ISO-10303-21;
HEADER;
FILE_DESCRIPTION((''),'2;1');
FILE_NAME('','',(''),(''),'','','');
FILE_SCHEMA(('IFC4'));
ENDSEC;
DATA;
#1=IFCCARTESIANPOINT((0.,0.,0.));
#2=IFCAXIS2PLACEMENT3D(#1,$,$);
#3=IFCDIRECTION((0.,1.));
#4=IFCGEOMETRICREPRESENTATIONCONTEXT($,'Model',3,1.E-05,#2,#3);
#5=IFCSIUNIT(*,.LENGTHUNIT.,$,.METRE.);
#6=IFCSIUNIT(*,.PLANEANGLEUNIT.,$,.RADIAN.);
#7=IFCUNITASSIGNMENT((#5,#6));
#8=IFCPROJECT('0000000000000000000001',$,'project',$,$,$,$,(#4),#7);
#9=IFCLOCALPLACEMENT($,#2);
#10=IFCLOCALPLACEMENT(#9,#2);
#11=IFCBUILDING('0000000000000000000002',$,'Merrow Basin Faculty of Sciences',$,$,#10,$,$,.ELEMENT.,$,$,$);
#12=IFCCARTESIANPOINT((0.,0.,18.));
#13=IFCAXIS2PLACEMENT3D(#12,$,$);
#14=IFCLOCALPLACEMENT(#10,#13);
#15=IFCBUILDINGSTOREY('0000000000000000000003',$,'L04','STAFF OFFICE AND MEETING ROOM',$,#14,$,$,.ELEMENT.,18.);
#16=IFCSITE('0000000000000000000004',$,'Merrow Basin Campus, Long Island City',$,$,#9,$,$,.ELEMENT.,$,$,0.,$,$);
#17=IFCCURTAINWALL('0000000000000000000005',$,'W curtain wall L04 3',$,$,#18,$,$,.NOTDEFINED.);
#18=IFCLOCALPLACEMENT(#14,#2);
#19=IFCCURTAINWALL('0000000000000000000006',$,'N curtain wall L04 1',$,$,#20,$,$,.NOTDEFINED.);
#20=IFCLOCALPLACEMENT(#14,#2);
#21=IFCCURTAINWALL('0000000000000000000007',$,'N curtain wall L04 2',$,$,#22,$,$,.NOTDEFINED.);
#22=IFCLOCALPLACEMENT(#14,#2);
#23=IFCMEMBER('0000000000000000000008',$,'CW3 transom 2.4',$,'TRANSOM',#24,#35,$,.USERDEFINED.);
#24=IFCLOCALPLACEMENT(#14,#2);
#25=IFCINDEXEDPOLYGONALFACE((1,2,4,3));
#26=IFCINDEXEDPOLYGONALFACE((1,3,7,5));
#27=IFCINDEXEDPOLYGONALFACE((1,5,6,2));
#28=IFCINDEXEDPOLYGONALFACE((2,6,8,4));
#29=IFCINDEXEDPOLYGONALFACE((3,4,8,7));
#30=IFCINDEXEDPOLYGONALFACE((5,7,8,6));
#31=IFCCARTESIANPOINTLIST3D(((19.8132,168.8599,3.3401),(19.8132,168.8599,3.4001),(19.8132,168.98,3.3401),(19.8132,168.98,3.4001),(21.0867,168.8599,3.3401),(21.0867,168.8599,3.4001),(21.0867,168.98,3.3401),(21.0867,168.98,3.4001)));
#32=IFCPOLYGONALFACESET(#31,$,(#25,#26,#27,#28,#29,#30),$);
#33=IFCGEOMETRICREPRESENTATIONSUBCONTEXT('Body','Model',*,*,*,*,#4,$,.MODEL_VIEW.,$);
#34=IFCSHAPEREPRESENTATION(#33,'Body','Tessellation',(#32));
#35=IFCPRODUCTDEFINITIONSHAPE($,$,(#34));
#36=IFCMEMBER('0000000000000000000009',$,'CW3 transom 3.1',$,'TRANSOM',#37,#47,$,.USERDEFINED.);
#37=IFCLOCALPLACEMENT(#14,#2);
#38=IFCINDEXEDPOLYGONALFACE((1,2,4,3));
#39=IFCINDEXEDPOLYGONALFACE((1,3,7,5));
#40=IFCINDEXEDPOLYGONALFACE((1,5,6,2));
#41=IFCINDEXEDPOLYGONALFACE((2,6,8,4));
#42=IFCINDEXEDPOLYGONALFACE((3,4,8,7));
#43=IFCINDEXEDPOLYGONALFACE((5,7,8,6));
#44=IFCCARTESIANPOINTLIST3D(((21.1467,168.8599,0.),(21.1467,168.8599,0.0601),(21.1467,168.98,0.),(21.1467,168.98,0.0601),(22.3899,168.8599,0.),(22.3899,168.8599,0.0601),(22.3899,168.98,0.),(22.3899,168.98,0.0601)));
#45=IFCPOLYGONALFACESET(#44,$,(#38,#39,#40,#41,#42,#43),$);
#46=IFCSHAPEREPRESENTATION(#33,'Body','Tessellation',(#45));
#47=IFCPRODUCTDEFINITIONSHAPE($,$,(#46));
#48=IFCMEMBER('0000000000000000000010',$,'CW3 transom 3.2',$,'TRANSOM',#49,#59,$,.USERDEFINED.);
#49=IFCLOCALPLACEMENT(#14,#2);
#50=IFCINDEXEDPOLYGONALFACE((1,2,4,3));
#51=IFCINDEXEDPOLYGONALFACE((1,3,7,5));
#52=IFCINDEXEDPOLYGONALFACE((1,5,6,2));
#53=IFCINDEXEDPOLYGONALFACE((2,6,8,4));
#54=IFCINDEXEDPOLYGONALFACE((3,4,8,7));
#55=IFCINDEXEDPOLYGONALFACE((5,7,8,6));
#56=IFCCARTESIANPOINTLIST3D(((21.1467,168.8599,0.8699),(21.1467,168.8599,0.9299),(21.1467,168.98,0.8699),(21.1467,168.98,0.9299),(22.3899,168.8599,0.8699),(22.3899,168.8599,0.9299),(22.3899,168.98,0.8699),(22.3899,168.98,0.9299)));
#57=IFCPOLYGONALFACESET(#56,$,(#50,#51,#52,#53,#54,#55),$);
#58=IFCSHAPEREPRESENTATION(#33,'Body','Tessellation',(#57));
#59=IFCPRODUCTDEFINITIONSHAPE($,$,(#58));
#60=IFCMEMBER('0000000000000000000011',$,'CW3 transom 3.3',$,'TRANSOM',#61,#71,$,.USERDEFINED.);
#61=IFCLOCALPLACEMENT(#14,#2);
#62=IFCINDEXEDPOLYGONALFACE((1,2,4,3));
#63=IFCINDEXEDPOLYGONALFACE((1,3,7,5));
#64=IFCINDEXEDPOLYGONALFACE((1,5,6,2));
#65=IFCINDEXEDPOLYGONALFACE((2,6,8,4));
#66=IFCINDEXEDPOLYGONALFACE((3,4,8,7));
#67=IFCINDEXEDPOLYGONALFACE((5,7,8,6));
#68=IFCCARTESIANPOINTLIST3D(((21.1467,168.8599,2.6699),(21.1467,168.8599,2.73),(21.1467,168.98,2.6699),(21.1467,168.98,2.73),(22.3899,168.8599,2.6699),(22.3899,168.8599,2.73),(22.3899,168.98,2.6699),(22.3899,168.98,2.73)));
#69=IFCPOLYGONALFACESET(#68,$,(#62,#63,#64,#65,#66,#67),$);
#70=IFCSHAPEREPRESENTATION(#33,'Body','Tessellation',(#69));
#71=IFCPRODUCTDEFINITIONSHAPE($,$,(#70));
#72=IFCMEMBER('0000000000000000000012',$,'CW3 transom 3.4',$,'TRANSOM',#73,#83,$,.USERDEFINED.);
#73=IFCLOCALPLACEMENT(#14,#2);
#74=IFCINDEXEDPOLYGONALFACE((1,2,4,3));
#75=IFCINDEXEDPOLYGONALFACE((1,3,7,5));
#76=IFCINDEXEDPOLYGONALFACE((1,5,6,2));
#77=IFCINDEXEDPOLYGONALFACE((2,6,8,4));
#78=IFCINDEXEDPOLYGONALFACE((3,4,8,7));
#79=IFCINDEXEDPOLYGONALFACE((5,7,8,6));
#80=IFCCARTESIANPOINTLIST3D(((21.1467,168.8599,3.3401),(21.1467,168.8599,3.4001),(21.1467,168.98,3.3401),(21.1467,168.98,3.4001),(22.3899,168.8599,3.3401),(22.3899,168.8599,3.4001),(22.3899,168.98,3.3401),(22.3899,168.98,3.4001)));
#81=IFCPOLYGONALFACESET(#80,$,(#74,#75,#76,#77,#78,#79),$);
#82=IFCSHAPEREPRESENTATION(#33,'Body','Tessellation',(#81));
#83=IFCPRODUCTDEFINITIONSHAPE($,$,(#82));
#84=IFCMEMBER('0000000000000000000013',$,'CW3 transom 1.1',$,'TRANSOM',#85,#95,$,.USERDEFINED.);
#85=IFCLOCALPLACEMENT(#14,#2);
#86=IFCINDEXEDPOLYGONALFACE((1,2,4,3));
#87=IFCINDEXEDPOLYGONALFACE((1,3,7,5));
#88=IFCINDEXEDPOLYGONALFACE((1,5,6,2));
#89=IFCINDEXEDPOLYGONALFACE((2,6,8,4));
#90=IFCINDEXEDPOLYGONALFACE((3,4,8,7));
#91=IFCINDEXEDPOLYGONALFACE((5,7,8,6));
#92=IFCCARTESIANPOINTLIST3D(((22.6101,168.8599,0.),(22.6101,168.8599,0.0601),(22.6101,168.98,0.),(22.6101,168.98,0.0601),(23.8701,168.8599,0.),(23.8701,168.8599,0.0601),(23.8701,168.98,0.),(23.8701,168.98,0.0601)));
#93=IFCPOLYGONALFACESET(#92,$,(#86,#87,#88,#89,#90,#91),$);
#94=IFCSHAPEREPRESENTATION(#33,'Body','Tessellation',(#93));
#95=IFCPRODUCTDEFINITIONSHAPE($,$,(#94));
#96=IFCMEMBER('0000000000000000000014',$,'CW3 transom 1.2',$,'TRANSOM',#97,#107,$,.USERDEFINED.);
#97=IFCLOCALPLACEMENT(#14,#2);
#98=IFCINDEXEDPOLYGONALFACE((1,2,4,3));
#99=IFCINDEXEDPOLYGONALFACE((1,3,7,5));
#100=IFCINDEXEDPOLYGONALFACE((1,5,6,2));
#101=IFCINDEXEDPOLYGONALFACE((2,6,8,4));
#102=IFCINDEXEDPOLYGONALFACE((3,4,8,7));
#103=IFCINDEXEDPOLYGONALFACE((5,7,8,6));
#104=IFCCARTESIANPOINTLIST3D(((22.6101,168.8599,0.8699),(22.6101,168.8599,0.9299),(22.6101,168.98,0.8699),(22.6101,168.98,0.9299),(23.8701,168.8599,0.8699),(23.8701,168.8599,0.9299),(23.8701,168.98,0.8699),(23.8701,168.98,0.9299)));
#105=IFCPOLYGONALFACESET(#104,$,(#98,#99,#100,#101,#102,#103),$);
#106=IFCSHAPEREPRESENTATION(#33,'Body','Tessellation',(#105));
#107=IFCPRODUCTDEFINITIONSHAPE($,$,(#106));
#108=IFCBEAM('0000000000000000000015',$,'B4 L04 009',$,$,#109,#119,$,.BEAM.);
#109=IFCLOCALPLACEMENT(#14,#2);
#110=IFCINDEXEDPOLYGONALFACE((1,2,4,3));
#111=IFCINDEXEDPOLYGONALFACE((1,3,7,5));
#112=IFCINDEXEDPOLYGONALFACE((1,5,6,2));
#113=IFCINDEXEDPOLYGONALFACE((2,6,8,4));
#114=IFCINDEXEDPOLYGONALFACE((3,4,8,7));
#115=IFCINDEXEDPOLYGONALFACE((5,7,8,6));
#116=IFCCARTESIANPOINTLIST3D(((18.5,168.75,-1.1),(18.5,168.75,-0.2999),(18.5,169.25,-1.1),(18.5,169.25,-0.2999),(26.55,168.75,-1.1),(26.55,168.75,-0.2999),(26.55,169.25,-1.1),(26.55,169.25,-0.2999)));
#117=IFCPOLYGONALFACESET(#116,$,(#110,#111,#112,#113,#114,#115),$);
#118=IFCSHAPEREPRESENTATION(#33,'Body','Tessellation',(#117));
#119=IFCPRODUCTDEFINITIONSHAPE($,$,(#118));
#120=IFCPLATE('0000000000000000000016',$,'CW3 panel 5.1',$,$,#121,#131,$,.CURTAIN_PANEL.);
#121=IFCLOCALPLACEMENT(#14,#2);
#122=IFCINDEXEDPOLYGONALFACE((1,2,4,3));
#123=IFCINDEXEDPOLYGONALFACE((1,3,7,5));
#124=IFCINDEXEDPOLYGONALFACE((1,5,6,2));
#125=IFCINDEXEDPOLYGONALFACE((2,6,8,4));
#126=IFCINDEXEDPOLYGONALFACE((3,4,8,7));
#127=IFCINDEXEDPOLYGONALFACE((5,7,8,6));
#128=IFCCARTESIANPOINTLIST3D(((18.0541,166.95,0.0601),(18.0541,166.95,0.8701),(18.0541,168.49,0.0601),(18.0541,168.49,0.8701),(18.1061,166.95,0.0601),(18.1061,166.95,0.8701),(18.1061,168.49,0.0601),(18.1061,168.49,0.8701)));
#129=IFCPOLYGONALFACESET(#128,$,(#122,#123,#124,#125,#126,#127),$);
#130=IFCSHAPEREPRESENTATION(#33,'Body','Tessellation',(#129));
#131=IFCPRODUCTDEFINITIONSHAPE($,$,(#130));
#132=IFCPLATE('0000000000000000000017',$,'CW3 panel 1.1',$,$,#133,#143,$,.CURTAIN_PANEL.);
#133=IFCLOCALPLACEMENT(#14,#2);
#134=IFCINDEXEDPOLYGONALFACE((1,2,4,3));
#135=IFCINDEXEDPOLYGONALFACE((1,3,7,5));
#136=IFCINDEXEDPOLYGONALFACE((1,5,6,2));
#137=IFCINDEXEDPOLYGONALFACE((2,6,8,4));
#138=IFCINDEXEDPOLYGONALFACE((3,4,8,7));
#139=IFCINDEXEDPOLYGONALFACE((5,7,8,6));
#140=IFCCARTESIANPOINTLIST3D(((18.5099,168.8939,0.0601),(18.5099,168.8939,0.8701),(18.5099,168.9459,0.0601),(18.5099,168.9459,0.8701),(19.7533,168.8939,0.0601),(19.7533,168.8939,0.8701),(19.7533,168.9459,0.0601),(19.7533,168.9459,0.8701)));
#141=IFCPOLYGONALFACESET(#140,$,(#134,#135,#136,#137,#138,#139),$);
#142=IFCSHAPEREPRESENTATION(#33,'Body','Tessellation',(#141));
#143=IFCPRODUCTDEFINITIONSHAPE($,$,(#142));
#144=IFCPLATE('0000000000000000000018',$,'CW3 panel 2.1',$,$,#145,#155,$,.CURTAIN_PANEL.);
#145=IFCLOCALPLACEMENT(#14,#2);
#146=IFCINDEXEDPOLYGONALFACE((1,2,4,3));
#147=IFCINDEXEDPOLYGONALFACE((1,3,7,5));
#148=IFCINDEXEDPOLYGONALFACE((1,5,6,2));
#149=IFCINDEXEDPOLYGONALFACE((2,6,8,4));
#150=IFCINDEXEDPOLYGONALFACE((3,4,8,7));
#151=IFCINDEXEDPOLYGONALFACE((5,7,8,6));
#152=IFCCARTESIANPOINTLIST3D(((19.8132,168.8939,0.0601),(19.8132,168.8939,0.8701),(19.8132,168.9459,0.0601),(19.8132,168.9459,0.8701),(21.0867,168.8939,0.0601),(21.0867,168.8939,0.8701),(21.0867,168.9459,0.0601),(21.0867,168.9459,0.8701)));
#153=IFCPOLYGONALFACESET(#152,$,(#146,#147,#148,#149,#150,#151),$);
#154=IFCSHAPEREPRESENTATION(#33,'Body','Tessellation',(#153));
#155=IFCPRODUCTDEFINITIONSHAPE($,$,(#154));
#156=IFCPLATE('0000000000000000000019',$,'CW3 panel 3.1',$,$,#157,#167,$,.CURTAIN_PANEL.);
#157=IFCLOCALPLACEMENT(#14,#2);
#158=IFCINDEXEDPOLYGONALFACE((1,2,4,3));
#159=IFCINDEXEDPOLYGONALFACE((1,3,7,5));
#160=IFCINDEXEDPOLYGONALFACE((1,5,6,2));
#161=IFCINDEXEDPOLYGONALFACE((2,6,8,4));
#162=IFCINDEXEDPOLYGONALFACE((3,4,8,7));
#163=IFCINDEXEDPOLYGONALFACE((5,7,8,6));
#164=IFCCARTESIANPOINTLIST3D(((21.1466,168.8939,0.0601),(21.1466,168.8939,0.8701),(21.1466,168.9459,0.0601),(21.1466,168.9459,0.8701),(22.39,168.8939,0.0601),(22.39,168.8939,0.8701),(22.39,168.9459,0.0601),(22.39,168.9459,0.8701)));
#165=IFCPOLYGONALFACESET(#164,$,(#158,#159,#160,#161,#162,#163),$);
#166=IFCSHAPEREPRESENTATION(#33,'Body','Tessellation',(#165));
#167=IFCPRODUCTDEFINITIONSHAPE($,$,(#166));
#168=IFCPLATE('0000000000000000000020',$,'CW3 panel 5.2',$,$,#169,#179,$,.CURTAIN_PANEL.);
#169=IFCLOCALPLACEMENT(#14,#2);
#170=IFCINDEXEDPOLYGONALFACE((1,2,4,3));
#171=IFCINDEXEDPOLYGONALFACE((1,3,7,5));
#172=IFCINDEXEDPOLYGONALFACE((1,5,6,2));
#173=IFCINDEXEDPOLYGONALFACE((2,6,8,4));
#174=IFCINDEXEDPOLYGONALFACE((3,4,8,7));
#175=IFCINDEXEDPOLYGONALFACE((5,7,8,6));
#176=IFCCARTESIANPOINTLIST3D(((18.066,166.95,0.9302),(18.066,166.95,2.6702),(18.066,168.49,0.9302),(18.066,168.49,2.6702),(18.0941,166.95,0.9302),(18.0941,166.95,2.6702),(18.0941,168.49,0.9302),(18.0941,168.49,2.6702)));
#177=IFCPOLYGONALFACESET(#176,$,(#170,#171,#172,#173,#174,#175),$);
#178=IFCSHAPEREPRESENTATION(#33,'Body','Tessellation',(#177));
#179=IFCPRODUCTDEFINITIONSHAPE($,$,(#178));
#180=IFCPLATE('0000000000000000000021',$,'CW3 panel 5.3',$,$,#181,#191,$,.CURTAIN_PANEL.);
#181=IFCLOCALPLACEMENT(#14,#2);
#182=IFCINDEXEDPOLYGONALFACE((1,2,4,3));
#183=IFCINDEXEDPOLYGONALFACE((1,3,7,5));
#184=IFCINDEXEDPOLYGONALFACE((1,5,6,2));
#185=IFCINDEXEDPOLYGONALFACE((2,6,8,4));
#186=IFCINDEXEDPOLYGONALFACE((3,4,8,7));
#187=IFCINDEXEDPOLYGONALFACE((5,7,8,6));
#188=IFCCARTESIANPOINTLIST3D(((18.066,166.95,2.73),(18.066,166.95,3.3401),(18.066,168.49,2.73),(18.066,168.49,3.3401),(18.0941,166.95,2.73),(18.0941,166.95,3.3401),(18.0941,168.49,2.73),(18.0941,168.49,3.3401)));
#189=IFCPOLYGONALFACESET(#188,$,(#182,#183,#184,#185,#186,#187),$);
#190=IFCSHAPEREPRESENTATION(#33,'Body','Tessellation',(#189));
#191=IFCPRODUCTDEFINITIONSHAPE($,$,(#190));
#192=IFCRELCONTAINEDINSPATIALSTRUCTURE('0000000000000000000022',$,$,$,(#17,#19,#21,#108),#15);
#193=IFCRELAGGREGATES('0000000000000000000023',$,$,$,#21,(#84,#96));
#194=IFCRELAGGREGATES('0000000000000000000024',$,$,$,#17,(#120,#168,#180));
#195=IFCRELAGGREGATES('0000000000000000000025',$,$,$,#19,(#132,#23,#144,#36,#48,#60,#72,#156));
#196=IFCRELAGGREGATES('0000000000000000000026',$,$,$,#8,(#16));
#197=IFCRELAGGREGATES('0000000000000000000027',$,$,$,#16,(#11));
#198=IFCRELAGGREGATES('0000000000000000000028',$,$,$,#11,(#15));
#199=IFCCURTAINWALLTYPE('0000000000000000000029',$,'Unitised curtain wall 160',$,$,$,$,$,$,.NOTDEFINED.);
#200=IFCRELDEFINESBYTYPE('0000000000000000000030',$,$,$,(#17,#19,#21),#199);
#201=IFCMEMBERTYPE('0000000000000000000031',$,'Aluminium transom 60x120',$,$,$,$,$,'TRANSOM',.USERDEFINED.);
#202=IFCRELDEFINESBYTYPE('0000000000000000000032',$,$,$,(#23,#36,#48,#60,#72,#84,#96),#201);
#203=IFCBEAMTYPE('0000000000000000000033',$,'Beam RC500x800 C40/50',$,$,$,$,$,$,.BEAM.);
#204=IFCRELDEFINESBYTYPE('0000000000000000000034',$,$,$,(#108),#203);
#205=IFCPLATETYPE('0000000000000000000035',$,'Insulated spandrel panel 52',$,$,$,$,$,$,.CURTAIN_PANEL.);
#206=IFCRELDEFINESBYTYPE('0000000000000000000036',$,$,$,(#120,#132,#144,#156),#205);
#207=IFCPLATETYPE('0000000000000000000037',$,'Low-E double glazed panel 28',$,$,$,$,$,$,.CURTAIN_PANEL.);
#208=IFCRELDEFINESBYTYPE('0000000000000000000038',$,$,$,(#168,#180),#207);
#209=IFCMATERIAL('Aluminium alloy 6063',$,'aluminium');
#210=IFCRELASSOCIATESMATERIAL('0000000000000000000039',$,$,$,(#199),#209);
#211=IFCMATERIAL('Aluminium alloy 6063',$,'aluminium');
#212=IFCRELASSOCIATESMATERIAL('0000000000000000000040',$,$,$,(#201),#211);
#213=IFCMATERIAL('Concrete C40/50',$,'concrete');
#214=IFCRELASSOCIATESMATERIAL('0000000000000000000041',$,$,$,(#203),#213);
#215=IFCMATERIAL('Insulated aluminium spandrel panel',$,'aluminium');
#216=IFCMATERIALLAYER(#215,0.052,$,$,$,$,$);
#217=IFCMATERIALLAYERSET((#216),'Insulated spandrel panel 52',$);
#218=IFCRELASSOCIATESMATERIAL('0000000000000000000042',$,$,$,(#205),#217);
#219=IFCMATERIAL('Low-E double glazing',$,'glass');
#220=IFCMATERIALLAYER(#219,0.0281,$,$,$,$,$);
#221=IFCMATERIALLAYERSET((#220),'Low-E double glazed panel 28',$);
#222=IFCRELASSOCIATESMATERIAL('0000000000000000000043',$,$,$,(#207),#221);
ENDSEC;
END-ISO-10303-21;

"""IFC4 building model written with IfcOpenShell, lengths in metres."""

from ifc_helpers import new_model, si_unit, direction, frame, origin, origin_2d, place, context, subcontext, project, spatial, rectangle, extrude, material, layer, layer_set, material_profile, profile_set, type_object, element, aggregate, save


model = new_model("IFC4")

# Units and contexts
model_context = context("Model", 3, precision=1e-05, world=origin(), true_north=direction((0.0, 1.0)))
body_context = subcontext(model_context, "Body", "Model", "MODEL_VIEW")
ifc_project = project(units=[si_unit("LENGTHUNIT", "METRE"), si_unit("PLANEANGLEUNIT", "RADIAN")], contexts=[model_context])

# Site, building, storey
site_placement = place(None, origin())
site = spatial("IfcSite", under=ifc_project, at=site_placement, Name="Merrow Basin Campus, Long Island City", CompositionType="ELEMENT", RefElevation=0.0)
building_placement = place(site_placement, origin())
building = spatial("IfcBuilding", under=site, at=building_placement, Name="Merrow Basin Faculty of Sciences", CompositionType="ELEMENT")
storey_placement = place(building_placement, frame((0.0, 0.0, 18.0)))
storey = spatial("IfcBuildingStorey", under=building, at=storey_placement, Name="L04", Description="STAFF OFFICE AND MEETING ROOM", CompositionType="ELEMENT", Elevation=18.0)

# Curtain wall
ifc_material_1 = material(Name="Aluminium alloy 6063", Category="aluminium")
curtain_wall_type = type_object("IfcCurtainWallType", Name="Unitised curtain wall 160", PredefinedType="NOTDEFINED", material=ifc_material_1)
curtain_wall_1_placement = place(storey_placement, origin())
curtain_wall_1 = element("IfcCurtainWall", 1, at=curtain_wall_1_placement, inside=storey, type_object=curtain_wall_type, Name="W curtain wall L04 3", PredefinedType="NOTDEFINED")

# Curtain wall
curtain_wall_2_placement = place(storey_placement, origin())
curtain_wall_2 = element("IfcCurtainWall", 2, at=curtain_wall_2_placement, inside=storey, type_object=curtain_wall_type, Name="N curtain wall L04 1", PredefinedType="NOTDEFINED")

# Curtain wall
curtain_wall_3_placement = place(storey_placement, origin())
curtain_wall_3 = element("IfcCurtainWall", 3, at=curtain_wall_3_placement, inside=storey, type_object=curtain_wall_type, Name="N curtain wall L04 2", PredefinedType="NOTDEFINED")

# Members
ifc_material_2 = material(Name="Aluminium alloy 6063", Category="aluminium")
ifc_material_profile_1 = material_profile(ifc_material_2, rectangle(XDim=0.1201, YDim=0.0601, at=origin_2d()))
ifc_profile_set_1 = profile_set([ifc_material_profile_1], Name="Aluminium alloy 6063")
member_type_1 = type_object("IfcMemberType", Name="Aluminium transom 60x120", ElementType="TRANSOM", PredefinedType="USERDEFINED", material=ifc_profile_set_1)
member_1_placement = place(storey_placement, frame((19.8132, 168.9199, 3.3701), z_axis=(1.0, 0.0, 0.0), x_axis=(0.0, 1.0, 0.0)))
member_1 = element("IfcMember", 4, at=member_1_placement, type_object=member_type_1, Name="CW3 transom 2.4", ObjectType="TRANSOM", PredefinedType="USERDEFINED", context=body_context, shape_type="SweptSolid", body=[
    extrude(rectangle(XDim=0.1201, YDim=0.0601, at=origin_2d()), origin(), (0.0, 0.0, 1.0), 1.2734),
])
member_2_placement = place(storey_placement, frame((21.1467, 168.9199, 0.03), z_axis=(1.0, 0.0, 0.0), x_axis=(0.0, 1.0, 0.0)))
member_2 = element("IfcMember", 5, at=member_2_placement, type_object=member_type_1, Name="CW3 transom 3.1", ObjectType="TRANSOM", PredefinedType="USERDEFINED", context=body_context, shape_type="SweptSolid", body=[
    extrude(rectangle(XDim=0.1201, YDim=0.0601, at=origin_2d()), origin(), (0.0, 0.0, 1.0), 1.2432),
])
member_3_placement = place(storey_placement, frame((21.1467, 168.9199, 0.8999), z_axis=(1.0, 0.0, 0.0), x_axis=(0.0, 1.0, 0.0)))
member_3 = element("IfcMember", 6, at=member_3_placement, type_object=member_type_1, Name="CW3 transom 3.2", ObjectType="TRANSOM", PredefinedType="USERDEFINED", context=body_context, shape_type="SweptSolid", body=[
    extrude(rectangle(XDim=0.1201, YDim=0.0601, at=origin_2d()), origin(), (0.0, 0.0, 1.0), 1.2432),
])
member_4_placement = place(storey_placement, frame((21.1467, 168.9199, 2.7), z_axis=(1.0, 0.0, 0.0), x_axis=(0.0, 1.0, 0.0)))
member_4 = element("IfcMember", 7, at=member_4_placement, type_object=member_type_1, Name="CW3 transom 3.3", ObjectType="TRANSOM", PredefinedType="USERDEFINED", context=body_context, shape_type="SweptSolid", body=[
    extrude(rectangle(XDim=0.1201, YDim=0.0601, at=origin_2d()), origin(), (0.0, 0.0, 1.0), 1.2432),
])
member_5_placement = place(storey_placement, frame((21.1467, 168.9199, 3.3701), z_axis=(1.0, 0.0, 0.0), x_axis=(0.0, 1.0, 0.0)))
member_5 = element("IfcMember", 8, at=member_5_placement, type_object=member_type_1, Name="CW3 transom 3.4", ObjectType="TRANSOM", PredefinedType="USERDEFINED", context=body_context, shape_type="SweptSolid", body=[
    extrude(rectangle(XDim=0.1201, YDim=0.0601, at=origin_2d()), origin(), (0.0, 0.0, 1.0), 1.2432),
])
member_6_placement = place(storey_placement, frame((22.6101, 168.9199, 0.03), z_axis=(1.0, 0.0, 0.0), x_axis=(0.0, 1.0, 0.0)))
member_6 = element("IfcMember", 9, at=member_6_placement, type_object=member_type_1, Name="CW3 transom 1.1", ObjectType="TRANSOM", PredefinedType="USERDEFINED", context=body_context, shape_type="SweptSolid", body=[
    extrude(rectangle(XDim=0.1201, YDim=0.0601, at=origin_2d()), origin(), (0.0, 0.0, 1.0), 1.26),
])
member_7_placement = place(storey_placement, frame((22.6101, 168.9199, 0.8999), z_axis=(1.0, 0.0, 0.0), x_axis=(0.0, 1.0, 0.0)))
member_7 = element("IfcMember", 10, at=member_7_placement, type_object=member_type_1, Name="CW3 transom 1.2", ObjectType="TRANSOM", PredefinedType="USERDEFINED", context=body_context, shape_type="SweptSolid", body=[
    extrude(rectangle(XDim=0.1201, YDim=0.0601, at=origin_2d()), origin(), (0.0, 0.0, 1.0), 1.26),
])
aggregate(curtain_wall_3, [member_6, member_7])

# Beam
ifc_material_3 = material(Name="Concrete C40/50", Category="concrete")
ifc_material_profile_2 = material_profile(ifc_material_3, rectangle(XDim=0.5, YDim=0.8, at=origin_2d()))
ifc_profile_set_2 = profile_set([ifc_material_profile_2], Name="Concrete C40/50")
beam_type = type_object("IfcBeamType", Name="Beam RC500x800 C40/50", PredefinedType="BEAM", material=ifc_profile_set_2)
beam_placement = place(storey_placement, frame((18.5, 169.0, -0.7), z_axis=(1.0, 0.0, 0.0), x_axis=(0.0, 1.0, 0.0)))
element("IfcBeam", 11, at=beam_placement, inside=storey, type_object=beam_type, Name="B4 L04 009", PredefinedType="BEAM", context=body_context, shape_type="SweptSolid", body=[
    extrude(rectangle(XDim=0.5, YDim=0.8, at=origin_2d()), origin(), (0.0, 0.0, 1.0), 8.05),
])

# Plates
ifc_material_4 = material(Name="Insulated aluminium spandrel panel", Category="aluminium")
ifc_layer_1 = layer(ifc_material_4, 0.052)
ifc_layer_set_1 = layer_set([ifc_layer_1], Name="Insulated spandrel panel 52")
plate_type_1 = type_object("IfcPlateType", Name="Insulated spandrel panel 52", PredefinedType="CURTAIN_PANEL", material=ifc_layer_set_1)
plate_1_placement = place(storey_placement, frame((18.0801, 167.72, 0.0601), z_axis=(0.0, 0.0, 1.0), x_axis=(0.0, 1.0, 0.0)))
plate_1 = element("IfcPlate", 12, at=plate_1_placement, type_object=plate_type_1, Name="CW3 panel 5.1", PredefinedType="CURTAIN_PANEL", context=body_context, shape_type="SweptSolid", body=[
    extrude(rectangle(XDim=1.54, YDim=0.052, at=origin_2d()), origin(), (0.0, 0.0, 1.0), 0.8101),
])
plate_2_placement = place(storey_placement, frame((19.1316, 168.9199, 0.0601), z_axis=(0.0, 0.0, 1.0), x_axis=(1.0, 0.0, 0.0)))
plate_2 = element("IfcPlate", 13, at=plate_2_placement, type_object=plate_type_1, Name="CW3 panel 1.1", PredefinedType="CURTAIN_PANEL", context=body_context, shape_type="SweptSolid", body=[
    extrude(rectangle(XDim=1.2434, YDim=0.052, at=origin_2d()), origin(), (0.0, 0.0, 1.0), 0.8101),
])
plate_3_placement = place(storey_placement, frame((20.45, 168.9199, 0.0601), z_axis=(0.0, 0.0, 1.0), x_axis=(1.0, 0.0, 0.0)))
plate_3 = element("IfcPlate", 14, at=plate_3_placement, type_object=plate_type_1, Name="CW3 panel 2.1", PredefinedType="CURTAIN_PANEL", context=body_context, shape_type="SweptSolid", body=[
    extrude(rectangle(XDim=1.2734, YDim=0.052, at=origin_2d()), origin(), (0.0, 0.0, 1.0), 0.8101),
])
plate_4_placement = place(storey_placement, frame((21.7683, 168.9199, 0.0601), z_axis=(0.0, 0.0, 1.0), x_axis=(1.0, 0.0, 0.0)))
plate_4 = element("IfcPlate", 15, at=plate_4_placement, type_object=plate_type_1, Name="CW3 panel 3.1", PredefinedType="CURTAIN_PANEL", context=body_context, shape_type="SweptSolid", body=[
    extrude(rectangle(XDim=1.2434, YDim=0.052, at=origin_2d()), origin(), (0.0, 0.0, 1.0), 0.8101),
])
ifc_material_5 = material(Name="Low-E double glazing", Category="glass")
ifc_layer_2 = layer(ifc_material_5, 0.0281)
ifc_layer_set_2 = layer_set([ifc_layer_2], Name="Low-E double glazed panel 28")
plate_type_2 = type_object("IfcPlateType", Name="Low-E double glazed panel 28", PredefinedType="CURTAIN_PANEL", material=ifc_layer_set_2)
plate_5_placement = place(storey_placement, frame((18.0801, 167.72, 0.9302), z_axis=(0.0, 0.0, 1.0), x_axis=(0.0, 1.0, 0.0)))
plate_5 = element("IfcPlate", 16, at=plate_5_placement, type_object=plate_type_2, Name="CW3 panel 5.2", PredefinedType="CURTAIN_PANEL", context=body_context, shape_type="SweptSolid", body=[
    extrude(rectangle(XDim=1.54, YDim=0.0281, at=origin_2d()), origin(), (0.0, 0.0, 1.0), 1.74),
])
plate_6_placement = place(storey_placement, frame((18.0801, 167.72, 2.73), z_axis=(0.0, 0.0, 1.0), x_axis=(0.0, 1.0, 0.0)))
plate_6 = element("IfcPlate", 17, at=plate_6_placement, type_object=plate_type_2, Name="CW3 panel 5.3", PredefinedType="CURTAIN_PANEL", context=body_context, shape_type="SweptSolid", body=[
    extrude(rectangle(XDim=1.54, YDim=0.0281, at=origin_2d()), origin(), (0.0, 0.0, 1.0), 0.6101),
])
aggregate(curtain_wall_1, [plate_1, plate_5, plate_6])
aggregate(curtain_wall_2, [plate_2, member_1, plate_3, member_2, member_3, member_4, member_5, plate_4])

save(model, "model.ifc")
